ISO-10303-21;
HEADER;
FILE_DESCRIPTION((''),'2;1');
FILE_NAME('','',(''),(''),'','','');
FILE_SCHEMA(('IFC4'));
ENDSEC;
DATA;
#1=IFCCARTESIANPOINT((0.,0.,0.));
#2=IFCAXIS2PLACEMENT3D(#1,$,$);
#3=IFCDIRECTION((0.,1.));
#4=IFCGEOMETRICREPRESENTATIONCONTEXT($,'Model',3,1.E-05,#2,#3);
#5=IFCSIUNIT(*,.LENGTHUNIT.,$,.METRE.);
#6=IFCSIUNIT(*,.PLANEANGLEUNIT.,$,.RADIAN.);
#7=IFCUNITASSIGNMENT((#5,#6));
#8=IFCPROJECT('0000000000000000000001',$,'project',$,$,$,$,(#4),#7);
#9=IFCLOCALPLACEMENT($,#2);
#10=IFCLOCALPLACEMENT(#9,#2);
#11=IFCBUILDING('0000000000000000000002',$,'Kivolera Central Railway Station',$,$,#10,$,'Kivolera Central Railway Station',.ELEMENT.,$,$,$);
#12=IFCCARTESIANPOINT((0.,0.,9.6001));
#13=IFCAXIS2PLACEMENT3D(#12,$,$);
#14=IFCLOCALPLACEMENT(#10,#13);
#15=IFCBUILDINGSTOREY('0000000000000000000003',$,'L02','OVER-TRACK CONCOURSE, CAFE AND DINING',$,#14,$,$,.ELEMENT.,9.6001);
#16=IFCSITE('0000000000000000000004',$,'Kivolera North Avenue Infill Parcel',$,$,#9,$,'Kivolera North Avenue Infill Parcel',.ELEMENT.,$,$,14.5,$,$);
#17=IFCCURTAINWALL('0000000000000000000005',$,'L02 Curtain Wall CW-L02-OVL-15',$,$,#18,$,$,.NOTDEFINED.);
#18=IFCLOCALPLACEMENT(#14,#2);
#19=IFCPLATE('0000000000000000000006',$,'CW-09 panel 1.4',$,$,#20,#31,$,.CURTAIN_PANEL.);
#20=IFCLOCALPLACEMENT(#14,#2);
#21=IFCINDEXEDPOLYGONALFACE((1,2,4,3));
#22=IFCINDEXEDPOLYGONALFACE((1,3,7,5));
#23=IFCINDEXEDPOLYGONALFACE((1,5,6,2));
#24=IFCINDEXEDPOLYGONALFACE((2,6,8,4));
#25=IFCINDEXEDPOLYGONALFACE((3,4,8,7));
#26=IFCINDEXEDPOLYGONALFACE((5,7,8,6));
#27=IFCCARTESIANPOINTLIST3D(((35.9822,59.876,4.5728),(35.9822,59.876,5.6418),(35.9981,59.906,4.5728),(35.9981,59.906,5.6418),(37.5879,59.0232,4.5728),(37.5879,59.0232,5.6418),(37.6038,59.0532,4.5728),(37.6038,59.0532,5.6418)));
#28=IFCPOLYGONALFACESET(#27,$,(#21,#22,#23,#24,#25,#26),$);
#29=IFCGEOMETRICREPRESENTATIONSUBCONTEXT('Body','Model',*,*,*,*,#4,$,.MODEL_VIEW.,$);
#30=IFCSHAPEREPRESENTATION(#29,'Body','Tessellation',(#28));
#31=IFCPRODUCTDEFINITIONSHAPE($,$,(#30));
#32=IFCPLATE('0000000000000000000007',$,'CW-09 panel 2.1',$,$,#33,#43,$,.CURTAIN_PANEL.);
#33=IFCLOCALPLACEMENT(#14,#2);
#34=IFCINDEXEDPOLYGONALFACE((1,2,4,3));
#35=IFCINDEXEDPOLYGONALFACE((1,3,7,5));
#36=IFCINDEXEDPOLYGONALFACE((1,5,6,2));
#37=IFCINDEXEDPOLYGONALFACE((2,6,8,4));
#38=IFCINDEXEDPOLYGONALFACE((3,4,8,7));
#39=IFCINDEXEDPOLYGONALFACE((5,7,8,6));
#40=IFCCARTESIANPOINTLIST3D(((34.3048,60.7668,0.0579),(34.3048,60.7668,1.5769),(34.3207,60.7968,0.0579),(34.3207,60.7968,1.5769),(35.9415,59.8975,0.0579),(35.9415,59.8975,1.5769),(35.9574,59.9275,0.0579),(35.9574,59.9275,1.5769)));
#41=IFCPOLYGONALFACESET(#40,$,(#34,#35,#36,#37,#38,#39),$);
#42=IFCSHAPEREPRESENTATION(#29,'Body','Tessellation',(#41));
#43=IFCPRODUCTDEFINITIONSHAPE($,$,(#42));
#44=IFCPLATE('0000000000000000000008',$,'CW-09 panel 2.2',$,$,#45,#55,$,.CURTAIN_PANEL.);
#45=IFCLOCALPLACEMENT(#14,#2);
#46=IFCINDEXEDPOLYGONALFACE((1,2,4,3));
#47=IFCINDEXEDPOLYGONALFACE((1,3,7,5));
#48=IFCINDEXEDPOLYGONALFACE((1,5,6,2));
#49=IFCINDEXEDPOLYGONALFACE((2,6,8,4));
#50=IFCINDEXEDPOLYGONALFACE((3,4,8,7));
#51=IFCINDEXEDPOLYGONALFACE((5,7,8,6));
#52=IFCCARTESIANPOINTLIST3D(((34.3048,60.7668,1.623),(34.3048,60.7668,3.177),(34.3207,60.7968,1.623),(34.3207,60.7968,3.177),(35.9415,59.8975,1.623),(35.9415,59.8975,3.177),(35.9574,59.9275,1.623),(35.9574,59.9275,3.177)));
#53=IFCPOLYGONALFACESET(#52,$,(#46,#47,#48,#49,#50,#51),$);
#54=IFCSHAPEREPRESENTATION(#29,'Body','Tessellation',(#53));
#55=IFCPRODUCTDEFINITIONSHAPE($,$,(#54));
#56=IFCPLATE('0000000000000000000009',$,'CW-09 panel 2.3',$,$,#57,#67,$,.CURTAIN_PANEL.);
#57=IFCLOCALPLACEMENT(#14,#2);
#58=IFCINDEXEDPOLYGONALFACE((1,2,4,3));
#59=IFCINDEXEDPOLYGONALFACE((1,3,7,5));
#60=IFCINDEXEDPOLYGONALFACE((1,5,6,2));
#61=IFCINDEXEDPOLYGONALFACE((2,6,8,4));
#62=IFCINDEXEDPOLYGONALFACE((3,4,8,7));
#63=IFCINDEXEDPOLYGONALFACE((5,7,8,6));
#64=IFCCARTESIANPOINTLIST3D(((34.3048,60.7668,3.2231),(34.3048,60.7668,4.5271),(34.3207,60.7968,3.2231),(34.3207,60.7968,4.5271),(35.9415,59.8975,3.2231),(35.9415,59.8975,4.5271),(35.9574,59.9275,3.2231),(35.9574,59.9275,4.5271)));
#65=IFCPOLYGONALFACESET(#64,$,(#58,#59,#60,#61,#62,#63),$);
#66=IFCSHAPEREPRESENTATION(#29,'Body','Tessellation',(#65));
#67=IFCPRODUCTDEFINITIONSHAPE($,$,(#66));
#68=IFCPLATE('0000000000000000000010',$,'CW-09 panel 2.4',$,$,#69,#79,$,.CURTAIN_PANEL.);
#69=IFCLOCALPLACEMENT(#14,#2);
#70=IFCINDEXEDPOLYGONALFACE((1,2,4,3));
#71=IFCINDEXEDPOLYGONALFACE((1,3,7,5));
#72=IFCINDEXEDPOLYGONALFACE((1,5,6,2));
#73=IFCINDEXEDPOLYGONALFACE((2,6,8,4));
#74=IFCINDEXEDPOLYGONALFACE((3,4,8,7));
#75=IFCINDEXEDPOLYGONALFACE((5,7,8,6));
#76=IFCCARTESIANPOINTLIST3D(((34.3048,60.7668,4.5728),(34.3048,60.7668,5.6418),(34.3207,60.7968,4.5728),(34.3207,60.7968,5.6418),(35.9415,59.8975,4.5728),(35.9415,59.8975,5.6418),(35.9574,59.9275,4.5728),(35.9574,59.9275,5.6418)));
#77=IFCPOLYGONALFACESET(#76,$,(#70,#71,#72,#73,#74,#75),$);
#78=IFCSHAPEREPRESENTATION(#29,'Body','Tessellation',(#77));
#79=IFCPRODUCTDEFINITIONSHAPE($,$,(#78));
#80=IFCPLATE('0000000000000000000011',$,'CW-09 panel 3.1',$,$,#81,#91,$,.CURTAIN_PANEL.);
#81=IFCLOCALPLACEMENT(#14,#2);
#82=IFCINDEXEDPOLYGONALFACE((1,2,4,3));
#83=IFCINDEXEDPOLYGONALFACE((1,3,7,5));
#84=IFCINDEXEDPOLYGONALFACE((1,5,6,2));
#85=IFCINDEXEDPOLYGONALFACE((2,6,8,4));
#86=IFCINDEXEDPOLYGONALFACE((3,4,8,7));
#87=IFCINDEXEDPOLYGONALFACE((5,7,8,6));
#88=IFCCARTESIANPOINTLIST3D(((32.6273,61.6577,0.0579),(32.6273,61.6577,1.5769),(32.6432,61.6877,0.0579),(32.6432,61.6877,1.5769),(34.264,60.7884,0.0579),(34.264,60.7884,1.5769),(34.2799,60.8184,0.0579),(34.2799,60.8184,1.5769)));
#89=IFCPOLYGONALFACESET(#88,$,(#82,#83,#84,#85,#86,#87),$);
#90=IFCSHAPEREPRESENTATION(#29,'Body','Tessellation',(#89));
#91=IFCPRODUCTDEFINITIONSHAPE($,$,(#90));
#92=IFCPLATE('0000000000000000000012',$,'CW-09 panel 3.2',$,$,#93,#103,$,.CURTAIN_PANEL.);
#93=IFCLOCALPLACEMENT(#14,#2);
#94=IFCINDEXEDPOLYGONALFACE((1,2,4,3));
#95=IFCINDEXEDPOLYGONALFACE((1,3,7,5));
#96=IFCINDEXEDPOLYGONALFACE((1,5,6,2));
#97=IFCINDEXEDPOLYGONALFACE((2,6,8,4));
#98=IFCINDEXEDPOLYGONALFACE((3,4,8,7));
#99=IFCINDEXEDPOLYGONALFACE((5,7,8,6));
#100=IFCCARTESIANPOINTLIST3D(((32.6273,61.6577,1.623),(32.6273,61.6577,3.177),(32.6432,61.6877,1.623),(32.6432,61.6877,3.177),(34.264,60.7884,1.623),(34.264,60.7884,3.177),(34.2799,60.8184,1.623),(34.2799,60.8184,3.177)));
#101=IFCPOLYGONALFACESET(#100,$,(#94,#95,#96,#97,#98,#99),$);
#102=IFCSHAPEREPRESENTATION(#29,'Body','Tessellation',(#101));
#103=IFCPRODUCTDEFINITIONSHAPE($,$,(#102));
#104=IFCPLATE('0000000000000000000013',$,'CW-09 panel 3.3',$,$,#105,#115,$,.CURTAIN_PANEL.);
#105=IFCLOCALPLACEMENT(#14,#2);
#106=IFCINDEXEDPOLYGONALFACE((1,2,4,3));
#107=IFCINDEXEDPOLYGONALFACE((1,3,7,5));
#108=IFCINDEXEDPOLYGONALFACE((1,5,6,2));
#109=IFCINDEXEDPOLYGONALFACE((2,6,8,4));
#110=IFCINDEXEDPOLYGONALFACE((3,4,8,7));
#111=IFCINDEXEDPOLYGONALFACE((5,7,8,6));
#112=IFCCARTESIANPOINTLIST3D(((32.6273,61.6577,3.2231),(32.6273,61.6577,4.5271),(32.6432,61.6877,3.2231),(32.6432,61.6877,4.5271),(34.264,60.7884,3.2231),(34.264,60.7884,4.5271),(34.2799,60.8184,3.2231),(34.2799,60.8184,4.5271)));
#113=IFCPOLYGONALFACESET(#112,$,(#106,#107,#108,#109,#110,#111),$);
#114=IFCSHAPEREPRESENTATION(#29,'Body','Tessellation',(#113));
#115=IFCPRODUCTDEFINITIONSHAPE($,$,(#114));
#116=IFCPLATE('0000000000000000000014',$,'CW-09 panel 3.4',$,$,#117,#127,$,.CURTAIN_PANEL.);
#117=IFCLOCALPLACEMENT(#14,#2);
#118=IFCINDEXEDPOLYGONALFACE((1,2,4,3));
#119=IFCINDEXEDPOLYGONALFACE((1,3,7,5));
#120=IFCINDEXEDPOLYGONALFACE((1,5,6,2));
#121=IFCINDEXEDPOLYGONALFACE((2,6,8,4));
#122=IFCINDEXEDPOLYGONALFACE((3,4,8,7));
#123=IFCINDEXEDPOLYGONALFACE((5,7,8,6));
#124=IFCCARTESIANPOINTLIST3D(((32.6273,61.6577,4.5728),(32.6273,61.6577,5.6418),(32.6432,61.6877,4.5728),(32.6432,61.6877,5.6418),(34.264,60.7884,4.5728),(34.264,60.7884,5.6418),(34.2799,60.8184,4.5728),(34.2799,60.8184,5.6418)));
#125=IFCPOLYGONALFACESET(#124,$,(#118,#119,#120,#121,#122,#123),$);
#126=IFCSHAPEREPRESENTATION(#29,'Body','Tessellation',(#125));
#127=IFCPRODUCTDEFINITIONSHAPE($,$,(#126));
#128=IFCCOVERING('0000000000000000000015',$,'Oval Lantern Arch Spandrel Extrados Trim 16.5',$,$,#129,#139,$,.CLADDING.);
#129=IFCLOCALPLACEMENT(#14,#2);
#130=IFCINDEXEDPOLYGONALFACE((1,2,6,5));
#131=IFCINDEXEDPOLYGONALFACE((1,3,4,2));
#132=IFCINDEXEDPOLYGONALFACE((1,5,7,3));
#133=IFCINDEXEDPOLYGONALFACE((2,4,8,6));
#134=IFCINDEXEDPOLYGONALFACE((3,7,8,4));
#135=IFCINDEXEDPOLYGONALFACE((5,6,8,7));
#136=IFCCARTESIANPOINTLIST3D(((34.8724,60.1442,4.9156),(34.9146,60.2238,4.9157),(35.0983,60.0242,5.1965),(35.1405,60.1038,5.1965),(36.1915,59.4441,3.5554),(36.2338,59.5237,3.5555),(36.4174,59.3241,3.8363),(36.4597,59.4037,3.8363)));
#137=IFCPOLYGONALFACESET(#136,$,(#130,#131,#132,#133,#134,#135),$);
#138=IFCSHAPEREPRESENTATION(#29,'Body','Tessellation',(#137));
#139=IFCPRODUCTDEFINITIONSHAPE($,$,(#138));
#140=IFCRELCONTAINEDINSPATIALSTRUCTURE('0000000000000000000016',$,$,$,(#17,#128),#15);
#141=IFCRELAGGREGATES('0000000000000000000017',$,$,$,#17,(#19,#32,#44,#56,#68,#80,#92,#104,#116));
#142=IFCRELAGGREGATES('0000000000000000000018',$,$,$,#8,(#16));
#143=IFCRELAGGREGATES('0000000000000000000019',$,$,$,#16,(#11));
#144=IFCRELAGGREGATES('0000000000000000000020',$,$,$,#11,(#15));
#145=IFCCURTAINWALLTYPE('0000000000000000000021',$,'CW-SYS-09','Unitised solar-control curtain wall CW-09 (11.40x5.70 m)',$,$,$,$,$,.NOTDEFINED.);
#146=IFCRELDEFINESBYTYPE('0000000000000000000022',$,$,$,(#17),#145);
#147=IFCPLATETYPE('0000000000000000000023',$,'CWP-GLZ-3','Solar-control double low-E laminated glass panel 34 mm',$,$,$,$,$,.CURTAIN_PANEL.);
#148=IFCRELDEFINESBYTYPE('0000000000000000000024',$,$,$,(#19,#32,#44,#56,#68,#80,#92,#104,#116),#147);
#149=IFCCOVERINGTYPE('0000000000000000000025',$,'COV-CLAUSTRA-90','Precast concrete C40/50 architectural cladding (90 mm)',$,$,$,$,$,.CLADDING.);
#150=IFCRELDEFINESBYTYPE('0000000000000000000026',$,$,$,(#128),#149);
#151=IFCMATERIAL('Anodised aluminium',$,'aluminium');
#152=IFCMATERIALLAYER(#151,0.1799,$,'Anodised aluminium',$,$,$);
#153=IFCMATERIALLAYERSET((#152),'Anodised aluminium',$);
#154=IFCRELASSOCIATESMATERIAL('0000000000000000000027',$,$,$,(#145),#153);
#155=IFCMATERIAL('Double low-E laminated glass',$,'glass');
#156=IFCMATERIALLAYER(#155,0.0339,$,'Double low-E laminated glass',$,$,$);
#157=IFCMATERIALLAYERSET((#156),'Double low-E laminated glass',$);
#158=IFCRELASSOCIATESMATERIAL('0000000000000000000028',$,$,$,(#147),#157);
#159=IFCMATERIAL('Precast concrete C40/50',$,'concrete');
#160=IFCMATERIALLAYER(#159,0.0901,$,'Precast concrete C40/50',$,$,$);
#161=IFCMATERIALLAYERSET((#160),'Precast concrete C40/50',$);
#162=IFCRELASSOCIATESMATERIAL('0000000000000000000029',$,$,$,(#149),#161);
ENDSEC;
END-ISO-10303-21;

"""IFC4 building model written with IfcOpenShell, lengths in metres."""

from ifc_helpers import new_model, si_unit, direction, frame, origin, origin_2d, place, context, subcontext, project, spatial, rectangle, extrude, material, layer, layer_set, type_object, element, aggregate, save


model = new_model("IFC4")

# Units and contexts
model_context = context("Model", 3, precision=1e-05, world=origin(), true_north=direction((0.0, 1.0)))
body_context = subcontext(model_context, "Body", "Model", "MODEL_VIEW")
ifc_project = project(units=[si_unit("LENGTHUNIT", "METRE"), si_unit("PLANEANGLEUNIT", "RADIAN")], contexts=[model_context])

# Site, building, storey
site_placement = place(None, origin())
site = spatial("IfcSite", under=ifc_project, at=site_placement, Name="Kivolera North Avenue Infill Parcel", LongName="Kivolera North Avenue Infill Parcel", CompositionType="ELEMENT", RefElevation=14.5)
building_placement = place(site_placement, origin())
building = spatial("IfcBuilding", under=site, at=building_placement, Name="Kivolera Central Railway Station", LongName="Kivolera Central Railway Station", CompositionType="ELEMENT")
storey_placement = place(building_placement, frame((0.0, 0.0, 9.6001)))
storey = spatial("IfcBuildingStorey", under=building, at=storey_placement, Name="L02", Description="OVER-TRACK CONCOURSE, CAFE AND DINING", CompositionType="ELEMENT", Elevation=9.6001)

# Curtain wall, plates
ifc_material_1 = material(Name="Anodised aluminium", Category="aluminium")
ifc_layer_1 = layer(ifc_material_1, 0.1799, Name="Anodised aluminium")
ifc_layer_set_1 = layer_set([ifc_layer_1], Name="Anodised aluminium")
curtain_wall_type = type_object("IfcCurtainWallType", Name="CW-SYS-09", Description="Unitised solar-control curtain wall CW-09 (11.40x5.70 m)", PredefinedType="NOTDEFINED", material=ifc_layer_set_1)
curtain_wall_placement = place(storey_placement, origin())
curtain_wall = element("IfcCurtainWall", 1, at=curtain_wall_placement, inside=storey, type_object=curtain_wall_type, Name="L02 Curtain Wall CW-L02-OVL-15", PredefinedType="NOTDEFINED")
ifc_material_2 = material(Name="Double low-E laminated glass", Category="glass")
ifc_layer_2 = layer(ifc_material_2, 0.0339, Name="Double low-E laminated glass")
ifc_layer_set_2 = layer_set([ifc_layer_2], Name="Double low-E laminated glass")
plate_type = type_object("IfcPlateType", Name="CWP-GLZ-3", Description="Solar-control double low-E laminated glass panel 34 mm", PredefinedType="CURTAIN_PANEL", material=ifc_layer_set_2)
plate_1_placement = place(storey_placement, frame((36.793, 59.4646, 4.5728), z_axis=(0.0, 0.0, 1.0), x_axis=(-0.88317, 0.469053, 0.0)))
plate_1 = element("IfcPlate", 2, at=plate_1_placement, type_object=plate_type, Name="CW-09 panel 1.4", PredefinedType="CURTAIN_PANEL", context=body_context, shape_type="SweptSolid", body=[
    extrude(rectangle(XDim=1.8181, YDim=0.0339, at=origin_2d()), origin(), (0.0, 0.0, 1.0), 1.0691),
])
plate_2_placement = place(storey_placement, frame((35.1311, 60.3472, 0.0579), z_axis=(0.0, 0.0, 1.0), x_axis=(-0.88317, 0.469053, 0.0)))
plate_2 = element("IfcPlate", 3, at=plate_2_placement, type_object=plate_type, Name="CW-09 panel 2.1", PredefinedType="CURTAIN_PANEL", context=body_context, shape_type="SweptSolid", body=[
    extrude(rectangle(XDim=1.8533, YDim=0.0339, at=origin_2d()), origin(), (0.0, 0.0, 1.0), 1.519),
])
plate_3_placement = place(storey_placement, frame((35.1311, 60.3472, 1.623), z_axis=(0.0, 0.0, 1.0), x_axis=(-0.88317, 0.469053, 0.0)))
plate_3 = element("IfcPlate", 4, at=plate_3_placement, type_object=plate_type, Name="CW-09 panel 2.2", PredefinedType="CURTAIN_PANEL", context=body_context, shape_type="SweptSolid", body=[
    extrude(rectangle(XDim=1.8533, YDim=0.0339, at=origin_2d()), origin(), (0.0, 0.0, 1.0), 1.554),
])
plate_4_placement = place(storey_placement, frame((35.1311, 60.3472, 3.2231), z_axis=(0.0, 0.0, 1.0), x_axis=(-0.88317, 0.469053, 0.0)))
plate_4 = element("IfcPlate", 5, at=plate_4_placement, type_object=plate_type, Name="CW-09 panel 2.3", PredefinedType="CURTAIN_PANEL", context=body_context, shape_type="SweptSolid", body=[
    extrude(rectangle(XDim=1.8533, YDim=0.0339, at=origin_2d()), origin(), (0.0, 0.0, 1.0), 1.304),
])
plate_5_placement = place(storey_placement, frame((35.1311, 60.3472, 4.5728), z_axis=(0.0, 0.0, 1.0), x_axis=(-0.88317, 0.469053, 0.0)))
plate_5 = element("IfcPlate", 6, at=plate_5_placement, type_object=plate_type, Name="CW-09 panel 2.4", PredefinedType="CURTAIN_PANEL", context=body_context, shape_type="SweptSolid", body=[
    extrude(rectangle(XDim=1.8533, YDim=0.0339, at=origin_2d()), origin(), (0.0, 0.0, 1.0), 1.0691),
])
plate_6_placement = place(storey_placement, frame((33.4536, 61.238, 0.0579), z_axis=(0.0, 0.0, 1.0), x_axis=(-0.88317, 0.469053, 0.0)))
plate_6 = element("IfcPlate", 7, at=plate_6_placement, type_object=plate_type, Name="CW-09 panel 3.1", PredefinedType="CURTAIN_PANEL", context=body_context, shape_type="SweptSolid", body=[
    extrude(rectangle(XDim=1.8533, YDim=0.0339, at=origin_2d()), origin(), (0.0, 0.0, 1.0), 1.519),
])
plate_7_placement = place(storey_placement, frame((33.4536, 61.238, 1.623), z_axis=(0.0, 0.0, 1.0), x_axis=(-0.88317, 0.469053, 0.0)))
plate_7 = element("IfcPlate", 8, at=plate_7_placement, type_object=plate_type, Name="CW-09 panel 3.2", PredefinedType="CURTAIN_PANEL", context=body_context, shape_type="SweptSolid", body=[
    extrude(rectangle(XDim=1.8533, YDim=0.0339, at=origin_2d()), origin(), (0.0, 0.0, 1.0), 1.554),
])
plate_8_placement = place(storey_placement, frame((33.4536, 61.238, 3.2231), z_axis=(0.0, 0.0, 1.0), x_axis=(-0.88317, 0.469053, 0.0)))
plate_8 = element("IfcPlate", 9, at=plate_8_placement, type_object=plate_type, Name="CW-09 panel 3.3", PredefinedType="CURTAIN_PANEL", context=body_context, shape_type="SweptSolid", body=[
    extrude(rectangle(XDim=1.8533, YDim=0.0339, at=origin_2d()), origin(), (0.0, 0.0, 1.0), 1.304),
])
plate_9_placement = place(storey_placement, frame((33.4536, 61.238, 4.5728), z_axis=(0.0, 0.0, 1.0), x_axis=(-0.88317, 0.469053, 0.0)))
plate_9 = element("IfcPlate", 10, at=plate_9_placement, type_object=plate_type, Name="CW-09 panel 3.4", PredefinedType="CURTAIN_PANEL", context=body_context, shape_type="SweptSolid", body=[
    extrude(rectangle(XDim=1.8533, YDim=0.0339, at=origin_2d()), origin(), (0.0, 0.0, 1.0), 1.0691),
])
aggregate(curtain_wall, [plate_1, plate_2, plate_3, plate_4, plate_5, plate_6, plate_7, plate_8, plate_9])

# Covering
ifc_material_3 = material(Name="Precast concrete C40/50", Category="concrete")
ifc_layer_3 = layer(ifc_material_3, 0.0901, Name="Precast concrete C40/50")
ifc_layer_set_3 = layer_set([ifc_layer_3], Name="Precast concrete C40/50")
covering_type = type_object("IfcCoveringType", Name="COV-CLAUSTRA-90", Description="Precast concrete C40/50 architectural cladding (90 mm)", PredefinedType="CLADDING", material=ifc_layer_set_3)
covering_placement = place(storey_placement, frame((35.666, 59.7739, 4.376), z_axis=(0.653053, -0.346579, -0.673353), x_axis=(-0.469119, -0.883135, 0.0)))
element("IfcCovering", 11, at=covering_placement, inside=storey, type_object=covering_type, Name="Oval Lantern Arch Spandrel Extrados Trim 16.5", PredefinedType="CLADDING", context=body_context, shape_type="SweptSolid", body=[
    extrude(rectangle(XDim=0.0901, YDim=0.3799, at=origin_2d()), frame((0.0, 0.0, -1.01)), (0.0, 0.0, 1.0), 2.02),
])

save(model, "model.ifc")
